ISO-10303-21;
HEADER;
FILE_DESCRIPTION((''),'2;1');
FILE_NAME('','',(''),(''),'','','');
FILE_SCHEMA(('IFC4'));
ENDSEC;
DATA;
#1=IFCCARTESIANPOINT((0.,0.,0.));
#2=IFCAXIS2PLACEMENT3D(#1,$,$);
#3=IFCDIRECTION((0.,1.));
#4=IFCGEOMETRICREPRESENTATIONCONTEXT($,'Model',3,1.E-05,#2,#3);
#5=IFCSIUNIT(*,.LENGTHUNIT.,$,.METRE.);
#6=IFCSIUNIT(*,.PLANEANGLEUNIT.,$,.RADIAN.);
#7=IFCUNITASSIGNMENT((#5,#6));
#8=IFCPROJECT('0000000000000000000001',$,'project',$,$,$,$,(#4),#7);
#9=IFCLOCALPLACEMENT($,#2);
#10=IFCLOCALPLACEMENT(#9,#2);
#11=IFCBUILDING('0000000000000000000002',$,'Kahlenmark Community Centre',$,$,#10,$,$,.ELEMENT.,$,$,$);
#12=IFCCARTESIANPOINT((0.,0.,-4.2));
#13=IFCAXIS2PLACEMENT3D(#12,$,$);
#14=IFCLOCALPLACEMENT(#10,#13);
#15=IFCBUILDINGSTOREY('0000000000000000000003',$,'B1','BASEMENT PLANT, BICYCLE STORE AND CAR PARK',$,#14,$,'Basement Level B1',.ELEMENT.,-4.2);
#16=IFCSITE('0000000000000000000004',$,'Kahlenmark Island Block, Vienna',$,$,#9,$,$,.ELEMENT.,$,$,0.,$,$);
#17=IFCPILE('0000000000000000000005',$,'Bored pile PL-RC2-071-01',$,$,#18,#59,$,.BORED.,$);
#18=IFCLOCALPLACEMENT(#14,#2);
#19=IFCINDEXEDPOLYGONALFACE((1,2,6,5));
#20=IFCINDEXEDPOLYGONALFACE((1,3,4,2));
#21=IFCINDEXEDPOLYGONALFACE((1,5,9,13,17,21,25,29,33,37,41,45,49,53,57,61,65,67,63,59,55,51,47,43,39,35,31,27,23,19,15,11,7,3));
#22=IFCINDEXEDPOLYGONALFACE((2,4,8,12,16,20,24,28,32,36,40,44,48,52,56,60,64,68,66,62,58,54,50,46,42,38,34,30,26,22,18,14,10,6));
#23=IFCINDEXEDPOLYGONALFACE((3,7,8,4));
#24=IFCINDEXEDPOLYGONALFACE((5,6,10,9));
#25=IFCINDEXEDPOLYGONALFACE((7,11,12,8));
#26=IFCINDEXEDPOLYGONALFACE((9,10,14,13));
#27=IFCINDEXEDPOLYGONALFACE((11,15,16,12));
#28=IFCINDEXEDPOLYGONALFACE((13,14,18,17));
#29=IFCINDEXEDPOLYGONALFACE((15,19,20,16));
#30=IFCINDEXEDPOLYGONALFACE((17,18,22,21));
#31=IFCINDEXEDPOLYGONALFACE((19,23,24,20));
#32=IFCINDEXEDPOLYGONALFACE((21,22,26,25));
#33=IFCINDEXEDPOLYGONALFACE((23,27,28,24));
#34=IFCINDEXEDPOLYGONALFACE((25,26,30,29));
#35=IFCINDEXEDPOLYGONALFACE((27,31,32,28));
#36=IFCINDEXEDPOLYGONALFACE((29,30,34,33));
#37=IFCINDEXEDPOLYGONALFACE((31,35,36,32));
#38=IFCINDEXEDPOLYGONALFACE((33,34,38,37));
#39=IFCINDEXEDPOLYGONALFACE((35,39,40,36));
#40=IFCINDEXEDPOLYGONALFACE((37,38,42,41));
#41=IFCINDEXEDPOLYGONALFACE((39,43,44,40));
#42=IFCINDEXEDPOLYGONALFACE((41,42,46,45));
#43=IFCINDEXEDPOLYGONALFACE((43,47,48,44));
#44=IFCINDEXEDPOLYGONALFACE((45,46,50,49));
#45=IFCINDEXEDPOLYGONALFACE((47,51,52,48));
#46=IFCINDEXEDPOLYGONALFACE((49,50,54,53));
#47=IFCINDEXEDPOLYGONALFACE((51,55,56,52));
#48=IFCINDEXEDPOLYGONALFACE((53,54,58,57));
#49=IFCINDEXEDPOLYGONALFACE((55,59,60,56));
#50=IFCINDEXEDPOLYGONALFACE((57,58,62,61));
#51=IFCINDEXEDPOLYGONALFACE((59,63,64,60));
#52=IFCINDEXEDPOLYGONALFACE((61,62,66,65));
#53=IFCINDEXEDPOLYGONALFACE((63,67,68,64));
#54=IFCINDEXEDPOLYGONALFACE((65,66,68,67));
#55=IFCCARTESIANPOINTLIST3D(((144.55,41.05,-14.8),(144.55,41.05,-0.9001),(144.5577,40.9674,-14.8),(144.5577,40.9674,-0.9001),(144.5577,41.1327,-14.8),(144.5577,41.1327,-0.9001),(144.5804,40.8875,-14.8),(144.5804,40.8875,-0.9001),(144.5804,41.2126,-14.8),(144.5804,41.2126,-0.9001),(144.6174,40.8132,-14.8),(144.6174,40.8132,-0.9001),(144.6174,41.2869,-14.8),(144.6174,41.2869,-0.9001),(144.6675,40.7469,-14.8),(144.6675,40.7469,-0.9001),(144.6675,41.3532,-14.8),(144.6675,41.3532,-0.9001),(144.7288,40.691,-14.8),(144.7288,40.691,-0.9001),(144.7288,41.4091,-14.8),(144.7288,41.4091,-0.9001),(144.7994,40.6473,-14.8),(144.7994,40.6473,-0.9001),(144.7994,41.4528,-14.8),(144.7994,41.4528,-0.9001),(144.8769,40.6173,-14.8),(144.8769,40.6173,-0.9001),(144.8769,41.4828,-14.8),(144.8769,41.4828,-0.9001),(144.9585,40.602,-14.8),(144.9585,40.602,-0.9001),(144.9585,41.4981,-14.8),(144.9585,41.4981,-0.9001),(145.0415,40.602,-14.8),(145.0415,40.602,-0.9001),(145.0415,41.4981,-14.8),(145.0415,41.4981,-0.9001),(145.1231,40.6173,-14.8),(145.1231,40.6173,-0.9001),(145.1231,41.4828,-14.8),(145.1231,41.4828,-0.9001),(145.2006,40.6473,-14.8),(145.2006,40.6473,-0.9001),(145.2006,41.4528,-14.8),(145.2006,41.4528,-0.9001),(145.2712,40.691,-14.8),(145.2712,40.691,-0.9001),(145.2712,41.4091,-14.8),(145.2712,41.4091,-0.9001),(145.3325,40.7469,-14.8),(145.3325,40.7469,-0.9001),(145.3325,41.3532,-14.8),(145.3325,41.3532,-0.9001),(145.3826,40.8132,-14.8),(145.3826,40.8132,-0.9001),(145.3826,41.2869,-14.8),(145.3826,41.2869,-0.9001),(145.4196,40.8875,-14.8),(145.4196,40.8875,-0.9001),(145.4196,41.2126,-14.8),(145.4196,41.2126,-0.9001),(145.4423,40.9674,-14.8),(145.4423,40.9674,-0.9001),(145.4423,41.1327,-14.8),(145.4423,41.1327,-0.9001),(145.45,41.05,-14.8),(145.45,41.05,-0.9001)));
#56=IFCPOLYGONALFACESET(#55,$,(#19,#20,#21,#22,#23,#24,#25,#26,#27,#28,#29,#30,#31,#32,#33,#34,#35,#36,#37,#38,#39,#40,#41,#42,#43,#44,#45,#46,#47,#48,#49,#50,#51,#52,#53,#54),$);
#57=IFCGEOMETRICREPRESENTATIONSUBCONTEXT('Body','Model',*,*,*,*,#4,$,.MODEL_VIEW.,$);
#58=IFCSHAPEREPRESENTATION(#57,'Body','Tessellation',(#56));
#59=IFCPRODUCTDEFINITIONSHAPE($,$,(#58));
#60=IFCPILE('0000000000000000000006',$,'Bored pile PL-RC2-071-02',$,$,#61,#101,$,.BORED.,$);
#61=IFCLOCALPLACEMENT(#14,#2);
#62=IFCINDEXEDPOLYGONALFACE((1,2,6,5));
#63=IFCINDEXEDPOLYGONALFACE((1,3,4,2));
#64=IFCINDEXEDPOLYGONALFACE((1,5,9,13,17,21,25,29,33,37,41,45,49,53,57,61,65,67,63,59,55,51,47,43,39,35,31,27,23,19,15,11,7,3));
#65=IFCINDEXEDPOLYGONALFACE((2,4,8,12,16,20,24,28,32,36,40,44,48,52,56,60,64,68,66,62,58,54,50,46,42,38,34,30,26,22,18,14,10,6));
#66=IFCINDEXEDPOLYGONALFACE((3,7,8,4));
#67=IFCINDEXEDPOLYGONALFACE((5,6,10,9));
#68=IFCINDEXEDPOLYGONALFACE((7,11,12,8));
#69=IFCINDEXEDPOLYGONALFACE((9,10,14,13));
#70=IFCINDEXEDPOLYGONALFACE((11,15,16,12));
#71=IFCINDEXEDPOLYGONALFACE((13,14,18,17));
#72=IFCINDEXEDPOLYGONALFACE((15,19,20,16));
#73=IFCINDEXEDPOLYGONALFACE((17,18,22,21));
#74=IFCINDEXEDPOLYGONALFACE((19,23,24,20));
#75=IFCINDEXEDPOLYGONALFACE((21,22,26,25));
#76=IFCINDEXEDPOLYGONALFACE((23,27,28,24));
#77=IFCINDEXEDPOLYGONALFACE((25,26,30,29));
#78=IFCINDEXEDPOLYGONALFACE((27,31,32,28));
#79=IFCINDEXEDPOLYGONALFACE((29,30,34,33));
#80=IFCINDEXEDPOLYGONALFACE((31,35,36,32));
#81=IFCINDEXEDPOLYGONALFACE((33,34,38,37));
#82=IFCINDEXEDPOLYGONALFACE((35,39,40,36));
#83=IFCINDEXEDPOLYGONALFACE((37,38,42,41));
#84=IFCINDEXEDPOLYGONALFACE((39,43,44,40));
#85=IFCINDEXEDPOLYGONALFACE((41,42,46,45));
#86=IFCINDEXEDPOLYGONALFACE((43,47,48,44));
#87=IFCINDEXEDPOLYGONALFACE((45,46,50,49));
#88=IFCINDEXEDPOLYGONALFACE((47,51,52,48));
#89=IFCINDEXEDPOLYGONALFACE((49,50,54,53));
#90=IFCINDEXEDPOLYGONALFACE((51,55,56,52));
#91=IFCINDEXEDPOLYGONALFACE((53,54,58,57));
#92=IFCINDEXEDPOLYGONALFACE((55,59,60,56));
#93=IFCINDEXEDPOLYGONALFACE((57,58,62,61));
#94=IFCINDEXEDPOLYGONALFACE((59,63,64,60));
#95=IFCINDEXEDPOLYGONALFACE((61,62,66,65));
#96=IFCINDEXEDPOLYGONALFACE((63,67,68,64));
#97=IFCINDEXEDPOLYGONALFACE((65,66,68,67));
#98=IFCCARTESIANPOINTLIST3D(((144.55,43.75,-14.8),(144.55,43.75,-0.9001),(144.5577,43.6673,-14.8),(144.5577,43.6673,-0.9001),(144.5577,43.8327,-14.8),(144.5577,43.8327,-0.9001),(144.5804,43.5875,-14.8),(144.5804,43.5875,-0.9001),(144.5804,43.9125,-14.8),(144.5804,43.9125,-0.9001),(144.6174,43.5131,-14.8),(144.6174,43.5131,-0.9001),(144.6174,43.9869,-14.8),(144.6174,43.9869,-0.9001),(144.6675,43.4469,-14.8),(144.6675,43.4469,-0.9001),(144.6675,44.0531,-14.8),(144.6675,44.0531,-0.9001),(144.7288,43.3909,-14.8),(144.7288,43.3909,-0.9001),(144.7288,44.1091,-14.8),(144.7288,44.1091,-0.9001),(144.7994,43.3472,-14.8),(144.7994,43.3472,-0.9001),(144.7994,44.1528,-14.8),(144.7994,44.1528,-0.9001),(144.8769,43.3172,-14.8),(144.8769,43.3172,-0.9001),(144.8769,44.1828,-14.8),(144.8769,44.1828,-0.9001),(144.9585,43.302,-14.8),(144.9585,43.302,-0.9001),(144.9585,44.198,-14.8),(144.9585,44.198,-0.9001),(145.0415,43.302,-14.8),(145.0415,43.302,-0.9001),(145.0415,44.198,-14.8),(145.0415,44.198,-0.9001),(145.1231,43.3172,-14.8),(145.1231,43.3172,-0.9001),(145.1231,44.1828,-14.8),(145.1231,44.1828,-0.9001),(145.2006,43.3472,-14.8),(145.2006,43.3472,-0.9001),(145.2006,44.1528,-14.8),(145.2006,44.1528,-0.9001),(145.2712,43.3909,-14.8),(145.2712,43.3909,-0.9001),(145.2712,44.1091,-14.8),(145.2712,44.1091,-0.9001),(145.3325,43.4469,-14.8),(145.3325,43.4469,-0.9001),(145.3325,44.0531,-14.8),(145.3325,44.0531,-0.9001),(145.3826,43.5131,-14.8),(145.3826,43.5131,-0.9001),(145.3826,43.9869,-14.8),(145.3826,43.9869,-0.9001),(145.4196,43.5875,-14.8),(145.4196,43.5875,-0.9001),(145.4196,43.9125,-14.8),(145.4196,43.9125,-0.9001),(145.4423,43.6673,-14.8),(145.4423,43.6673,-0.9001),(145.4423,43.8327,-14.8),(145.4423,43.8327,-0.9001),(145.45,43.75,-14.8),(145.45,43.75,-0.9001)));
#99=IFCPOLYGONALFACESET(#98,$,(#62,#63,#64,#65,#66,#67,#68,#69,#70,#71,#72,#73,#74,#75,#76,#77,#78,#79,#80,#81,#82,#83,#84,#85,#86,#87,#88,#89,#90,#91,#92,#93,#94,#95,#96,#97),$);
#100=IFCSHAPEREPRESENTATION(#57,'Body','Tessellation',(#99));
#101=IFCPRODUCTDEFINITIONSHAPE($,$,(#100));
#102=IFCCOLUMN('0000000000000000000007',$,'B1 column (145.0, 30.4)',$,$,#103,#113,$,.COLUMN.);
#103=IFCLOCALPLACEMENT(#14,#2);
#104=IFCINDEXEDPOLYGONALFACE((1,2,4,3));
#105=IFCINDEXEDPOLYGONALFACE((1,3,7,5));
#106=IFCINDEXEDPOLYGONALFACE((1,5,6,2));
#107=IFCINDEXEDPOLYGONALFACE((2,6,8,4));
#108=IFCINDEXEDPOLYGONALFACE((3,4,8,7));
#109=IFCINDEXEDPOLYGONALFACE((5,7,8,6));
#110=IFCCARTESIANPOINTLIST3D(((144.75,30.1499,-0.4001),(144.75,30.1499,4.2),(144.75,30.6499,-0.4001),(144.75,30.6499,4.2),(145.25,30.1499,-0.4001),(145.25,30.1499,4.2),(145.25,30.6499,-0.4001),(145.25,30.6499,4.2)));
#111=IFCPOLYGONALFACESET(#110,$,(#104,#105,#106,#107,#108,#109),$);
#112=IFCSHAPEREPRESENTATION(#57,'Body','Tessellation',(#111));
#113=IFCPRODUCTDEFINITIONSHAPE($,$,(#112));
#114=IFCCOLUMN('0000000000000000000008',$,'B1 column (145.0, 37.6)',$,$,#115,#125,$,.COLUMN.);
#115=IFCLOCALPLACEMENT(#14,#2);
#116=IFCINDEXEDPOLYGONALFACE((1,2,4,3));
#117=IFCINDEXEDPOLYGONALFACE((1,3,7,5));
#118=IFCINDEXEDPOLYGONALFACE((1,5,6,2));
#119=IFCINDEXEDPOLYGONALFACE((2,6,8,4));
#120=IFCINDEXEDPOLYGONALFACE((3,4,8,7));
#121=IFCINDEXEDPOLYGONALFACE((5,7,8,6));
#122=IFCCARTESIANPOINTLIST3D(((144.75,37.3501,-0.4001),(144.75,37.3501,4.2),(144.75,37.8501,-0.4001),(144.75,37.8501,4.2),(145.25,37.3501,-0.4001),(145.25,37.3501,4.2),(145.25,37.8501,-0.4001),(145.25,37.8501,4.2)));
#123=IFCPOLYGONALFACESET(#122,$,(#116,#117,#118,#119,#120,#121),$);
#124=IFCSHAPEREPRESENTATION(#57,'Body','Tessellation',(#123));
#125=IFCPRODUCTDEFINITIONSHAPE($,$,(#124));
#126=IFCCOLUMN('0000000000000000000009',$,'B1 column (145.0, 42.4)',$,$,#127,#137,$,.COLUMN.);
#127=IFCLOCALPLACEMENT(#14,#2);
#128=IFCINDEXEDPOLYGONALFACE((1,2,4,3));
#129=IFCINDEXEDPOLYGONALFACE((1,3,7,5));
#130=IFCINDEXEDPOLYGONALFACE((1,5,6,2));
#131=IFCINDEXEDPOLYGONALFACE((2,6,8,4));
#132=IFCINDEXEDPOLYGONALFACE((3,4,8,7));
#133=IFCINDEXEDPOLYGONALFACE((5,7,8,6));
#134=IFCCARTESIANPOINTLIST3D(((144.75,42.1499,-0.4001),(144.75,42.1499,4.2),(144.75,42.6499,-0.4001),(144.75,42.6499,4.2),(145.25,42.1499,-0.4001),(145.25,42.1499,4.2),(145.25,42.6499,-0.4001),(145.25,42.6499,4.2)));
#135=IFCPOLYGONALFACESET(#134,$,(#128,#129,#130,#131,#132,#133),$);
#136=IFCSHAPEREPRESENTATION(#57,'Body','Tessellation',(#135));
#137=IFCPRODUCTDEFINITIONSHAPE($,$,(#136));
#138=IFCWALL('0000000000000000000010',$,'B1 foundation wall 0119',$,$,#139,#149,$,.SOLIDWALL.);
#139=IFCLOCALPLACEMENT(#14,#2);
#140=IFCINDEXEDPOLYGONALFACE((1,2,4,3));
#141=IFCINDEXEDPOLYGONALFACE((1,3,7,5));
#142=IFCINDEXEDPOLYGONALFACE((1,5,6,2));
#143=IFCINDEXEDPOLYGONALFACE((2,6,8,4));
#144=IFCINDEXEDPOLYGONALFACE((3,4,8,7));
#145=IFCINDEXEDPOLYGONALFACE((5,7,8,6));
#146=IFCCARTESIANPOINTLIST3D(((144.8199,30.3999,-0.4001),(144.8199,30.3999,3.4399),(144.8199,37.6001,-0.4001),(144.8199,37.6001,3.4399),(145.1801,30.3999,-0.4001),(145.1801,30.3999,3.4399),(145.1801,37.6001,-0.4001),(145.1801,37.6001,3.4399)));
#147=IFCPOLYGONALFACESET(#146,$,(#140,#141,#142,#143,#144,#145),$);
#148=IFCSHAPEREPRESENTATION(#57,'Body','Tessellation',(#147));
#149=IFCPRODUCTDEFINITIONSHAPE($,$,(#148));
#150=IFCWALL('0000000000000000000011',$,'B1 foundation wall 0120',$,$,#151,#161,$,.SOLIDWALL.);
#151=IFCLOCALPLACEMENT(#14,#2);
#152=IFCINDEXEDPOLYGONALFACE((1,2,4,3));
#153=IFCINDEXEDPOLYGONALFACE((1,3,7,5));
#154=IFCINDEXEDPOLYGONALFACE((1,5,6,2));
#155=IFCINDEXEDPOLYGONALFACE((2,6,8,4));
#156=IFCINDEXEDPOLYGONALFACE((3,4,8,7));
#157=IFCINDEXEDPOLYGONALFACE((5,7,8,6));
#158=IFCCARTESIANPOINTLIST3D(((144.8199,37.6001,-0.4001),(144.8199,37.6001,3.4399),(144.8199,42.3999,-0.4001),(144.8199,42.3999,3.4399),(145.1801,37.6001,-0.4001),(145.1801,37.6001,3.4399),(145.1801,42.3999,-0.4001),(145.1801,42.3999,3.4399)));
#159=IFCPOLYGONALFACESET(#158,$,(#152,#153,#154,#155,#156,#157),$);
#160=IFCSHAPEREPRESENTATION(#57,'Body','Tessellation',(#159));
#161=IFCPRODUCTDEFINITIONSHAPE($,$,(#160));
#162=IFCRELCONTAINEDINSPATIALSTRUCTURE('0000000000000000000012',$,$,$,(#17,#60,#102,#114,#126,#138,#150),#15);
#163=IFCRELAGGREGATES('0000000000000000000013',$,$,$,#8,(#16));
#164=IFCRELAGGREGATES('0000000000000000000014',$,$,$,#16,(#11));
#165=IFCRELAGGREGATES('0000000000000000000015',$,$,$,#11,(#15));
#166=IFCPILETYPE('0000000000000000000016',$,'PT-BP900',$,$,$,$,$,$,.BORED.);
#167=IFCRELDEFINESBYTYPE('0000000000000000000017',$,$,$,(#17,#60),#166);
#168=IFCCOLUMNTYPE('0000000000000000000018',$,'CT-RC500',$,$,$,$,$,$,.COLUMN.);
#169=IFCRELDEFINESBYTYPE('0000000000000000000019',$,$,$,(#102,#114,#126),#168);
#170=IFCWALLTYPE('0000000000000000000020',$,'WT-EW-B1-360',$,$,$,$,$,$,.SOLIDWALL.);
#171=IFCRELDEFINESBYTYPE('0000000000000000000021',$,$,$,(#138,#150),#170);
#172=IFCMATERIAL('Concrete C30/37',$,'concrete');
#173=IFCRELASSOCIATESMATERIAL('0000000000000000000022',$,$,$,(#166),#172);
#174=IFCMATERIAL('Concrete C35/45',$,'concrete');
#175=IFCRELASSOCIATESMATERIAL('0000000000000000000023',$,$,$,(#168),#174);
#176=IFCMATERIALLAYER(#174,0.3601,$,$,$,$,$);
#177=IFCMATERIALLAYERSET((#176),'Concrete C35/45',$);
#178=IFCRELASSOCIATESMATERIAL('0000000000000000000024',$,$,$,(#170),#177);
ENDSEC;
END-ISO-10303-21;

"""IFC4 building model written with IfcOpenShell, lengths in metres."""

from ifc_helpers import new_model, si_unit, direction, frame, frame_2d, origin, origin_2d, place, context, subcontext, project, spatial, rectangle, circle, extrude, material, layer, layer_set, material_profile, profile_set, type_object, element, save


model = new_model("IFC4")

# Units and contexts
model_context = context("Model", 3, precision=1e-05, world=origin(), true_north=direction((0.0, 1.0)))
body_context = subcontext(model_context, "Body", "Model", "MODEL_VIEW")
ifc_project = project(units=[si_unit("LENGTHUNIT", "METRE"), si_unit("PLANEANGLEUNIT", "RADIAN")], contexts=[model_context])

# Site, building, storey
site_placement = place(None, origin())
site = spatial("IfcSite", under=ifc_project, at=site_placement, Name="Kahlenmark Island Block, Vienna", CompositionType="ELEMENT", RefElevation=0.0)
building_placement = place(site_placement, origin())
building = spatial("IfcBuilding", under=site, at=building_placement, Name="Kahlenmark Community Centre", CompositionType="ELEMENT")
storey_placement = place(building_placement, frame((0.0, 0.0, -4.2)))
storey = spatial("IfcBuildingStorey", under=building, at=storey_placement, Name="B1", Description="BASEMENT PLANT, BICYCLE STORE AND CAR PARK", LongName="Basement Level B1", CompositionType="ELEMENT", Elevation=-4.2)

# Shared definitions
ifc_material_1 = material(Name="Concrete C30/37", Category="concrete")

# Piles
ifc_material_profile_1 = material_profile(ifc_material_1, circle(Radius=0.45, at=origin_2d()), Name="BORED PILE 900")
ifc_profile_set_1 = profile_set([ifc_material_profile_1], Name="Concrete C30/37")
pile_type_1 = type_object("IfcPileType", Name="PT-BP900", PredefinedType="BORED", material=ifc_profile_set_1)
for number, where, z_axis, x_axis, name in (
    (1, (145.0, 41.05, -0.9001), (0.0, 0.0, -1.0), (1.0, 0.0, 0.0), "Bored pile PL-RC2-071-01"),
    (2, (145.0, 43.75, -0.9001), (0.0, 0.0, -1.0), (1.0, 0.0, 0.0), "Bored pile PL-RC2-071-02"),
):
    element("IfcPile", number, at=place(storey_placement, frame(where, z_axis=z_axis, x_axis=x_axis)), inside=storey, type_object=pile_type_1, Name=name, PredefinedType="BORED", context=body_context, shape_type="SweptSolid", body=[
        extrude(circle(Radius=0.45, at=origin_2d()), origin(), (0.0, 0.0, 1.0), 13.8999),
    ])

# Columns
ifc_material_2 = material(Name="Concrete C35/45", Category="concrete")
ifc_material_profile_2 = material_profile(ifc_material_2, rectangle(XDim=0.5, YDim=0.5, at=origin_2d()), Name="RC 500x500")
ifc_profile_set_2 = profile_set([ifc_material_profile_2], Name="Concrete C35/45")
column_type = type_object("IfcColumnType", Name="CT-RC500", PredefinedType="COLUMN", material=ifc_profile_set_2)
for number, where, z_axis, x_axis, name in (
    (3, (145.0, 30.3999, -0.4001), (0.0, 0.0, 1.0), (1.0, 0.0, 0.0), "B1 column (145.0, 30.4)"),
    (4, (145.0, 37.6001, -0.4001), (0.0, 0.0, 1.0), (1.0, 0.0, 0.0), "B1 column (145.0, 37.6)"),
    (5, (145.0, 42.3999, -0.4001), (0.0, 0.0, 1.0), (1.0, 0.0, 0.0), "B1 column (145.0, 42.4)"),
):
    element("IfcColumn", number, at=place(storey_placement, frame(where, z_axis=z_axis, x_axis=x_axis)), inside=storey, type_object=column_type, Name=name, PredefinedType="COLUMN", context=body_context, shape_type="SweptSolid", body=[
        extrude(rectangle(XDim=0.5, YDim=0.5, at=origin_2d()), origin(), (0.0, 0.0, 1.0), 4.6001),
    ])

# Walls
ifc_layer = layer(ifc_material_2, 0.3601)
ifc_layer_set = layer_set([ifc_layer], Name="Concrete C35/45")
wall_type = type_object("IfcWallType", Name="WT-EW-B1-360", PredefinedType="SOLIDWALL", material=ifc_layer_set)
wall_1_placement = place(storey_placement, frame((145.0, 30.3999, -0.4001), z_axis=(0.0, 0.0, 1.0), x_axis=(0.0, 1.0, 0.0)))
element("IfcWall", 6, at=wall_1_placement, inside=storey, type_object=wall_type, Name="B1 foundation wall 0119", PredefinedType="SOLIDWALL", context=body_context, shape_type="SweptSolid", body=[
    extrude(rectangle(XDim=7.2002, YDim=0.3601, at=frame_2d((3.6001, 0.0))), origin(), (0.0, 0.0, 1.0), 3.8401),
])
wall_2_placement = place(storey_placement, frame((145.0, 37.6001, -0.4001), z_axis=(0.0, 0.0, 1.0), x_axis=(0.0, 1.0, 0.0)))
element("IfcWall", 7, at=wall_2_placement, inside=storey, type_object=wall_type, Name="B1 foundation wall 0120", PredefinedType="SOLIDWALL", context=body_context, shape_type="SweptSolid", body=[
    extrude(rectangle(XDim=4.7998, YDim=0.3601, at=frame_2d((2.3999, 0.0))), origin(), (0.0, 0.0, 1.0), 3.8401),
])

save(model, "model.ifc")
